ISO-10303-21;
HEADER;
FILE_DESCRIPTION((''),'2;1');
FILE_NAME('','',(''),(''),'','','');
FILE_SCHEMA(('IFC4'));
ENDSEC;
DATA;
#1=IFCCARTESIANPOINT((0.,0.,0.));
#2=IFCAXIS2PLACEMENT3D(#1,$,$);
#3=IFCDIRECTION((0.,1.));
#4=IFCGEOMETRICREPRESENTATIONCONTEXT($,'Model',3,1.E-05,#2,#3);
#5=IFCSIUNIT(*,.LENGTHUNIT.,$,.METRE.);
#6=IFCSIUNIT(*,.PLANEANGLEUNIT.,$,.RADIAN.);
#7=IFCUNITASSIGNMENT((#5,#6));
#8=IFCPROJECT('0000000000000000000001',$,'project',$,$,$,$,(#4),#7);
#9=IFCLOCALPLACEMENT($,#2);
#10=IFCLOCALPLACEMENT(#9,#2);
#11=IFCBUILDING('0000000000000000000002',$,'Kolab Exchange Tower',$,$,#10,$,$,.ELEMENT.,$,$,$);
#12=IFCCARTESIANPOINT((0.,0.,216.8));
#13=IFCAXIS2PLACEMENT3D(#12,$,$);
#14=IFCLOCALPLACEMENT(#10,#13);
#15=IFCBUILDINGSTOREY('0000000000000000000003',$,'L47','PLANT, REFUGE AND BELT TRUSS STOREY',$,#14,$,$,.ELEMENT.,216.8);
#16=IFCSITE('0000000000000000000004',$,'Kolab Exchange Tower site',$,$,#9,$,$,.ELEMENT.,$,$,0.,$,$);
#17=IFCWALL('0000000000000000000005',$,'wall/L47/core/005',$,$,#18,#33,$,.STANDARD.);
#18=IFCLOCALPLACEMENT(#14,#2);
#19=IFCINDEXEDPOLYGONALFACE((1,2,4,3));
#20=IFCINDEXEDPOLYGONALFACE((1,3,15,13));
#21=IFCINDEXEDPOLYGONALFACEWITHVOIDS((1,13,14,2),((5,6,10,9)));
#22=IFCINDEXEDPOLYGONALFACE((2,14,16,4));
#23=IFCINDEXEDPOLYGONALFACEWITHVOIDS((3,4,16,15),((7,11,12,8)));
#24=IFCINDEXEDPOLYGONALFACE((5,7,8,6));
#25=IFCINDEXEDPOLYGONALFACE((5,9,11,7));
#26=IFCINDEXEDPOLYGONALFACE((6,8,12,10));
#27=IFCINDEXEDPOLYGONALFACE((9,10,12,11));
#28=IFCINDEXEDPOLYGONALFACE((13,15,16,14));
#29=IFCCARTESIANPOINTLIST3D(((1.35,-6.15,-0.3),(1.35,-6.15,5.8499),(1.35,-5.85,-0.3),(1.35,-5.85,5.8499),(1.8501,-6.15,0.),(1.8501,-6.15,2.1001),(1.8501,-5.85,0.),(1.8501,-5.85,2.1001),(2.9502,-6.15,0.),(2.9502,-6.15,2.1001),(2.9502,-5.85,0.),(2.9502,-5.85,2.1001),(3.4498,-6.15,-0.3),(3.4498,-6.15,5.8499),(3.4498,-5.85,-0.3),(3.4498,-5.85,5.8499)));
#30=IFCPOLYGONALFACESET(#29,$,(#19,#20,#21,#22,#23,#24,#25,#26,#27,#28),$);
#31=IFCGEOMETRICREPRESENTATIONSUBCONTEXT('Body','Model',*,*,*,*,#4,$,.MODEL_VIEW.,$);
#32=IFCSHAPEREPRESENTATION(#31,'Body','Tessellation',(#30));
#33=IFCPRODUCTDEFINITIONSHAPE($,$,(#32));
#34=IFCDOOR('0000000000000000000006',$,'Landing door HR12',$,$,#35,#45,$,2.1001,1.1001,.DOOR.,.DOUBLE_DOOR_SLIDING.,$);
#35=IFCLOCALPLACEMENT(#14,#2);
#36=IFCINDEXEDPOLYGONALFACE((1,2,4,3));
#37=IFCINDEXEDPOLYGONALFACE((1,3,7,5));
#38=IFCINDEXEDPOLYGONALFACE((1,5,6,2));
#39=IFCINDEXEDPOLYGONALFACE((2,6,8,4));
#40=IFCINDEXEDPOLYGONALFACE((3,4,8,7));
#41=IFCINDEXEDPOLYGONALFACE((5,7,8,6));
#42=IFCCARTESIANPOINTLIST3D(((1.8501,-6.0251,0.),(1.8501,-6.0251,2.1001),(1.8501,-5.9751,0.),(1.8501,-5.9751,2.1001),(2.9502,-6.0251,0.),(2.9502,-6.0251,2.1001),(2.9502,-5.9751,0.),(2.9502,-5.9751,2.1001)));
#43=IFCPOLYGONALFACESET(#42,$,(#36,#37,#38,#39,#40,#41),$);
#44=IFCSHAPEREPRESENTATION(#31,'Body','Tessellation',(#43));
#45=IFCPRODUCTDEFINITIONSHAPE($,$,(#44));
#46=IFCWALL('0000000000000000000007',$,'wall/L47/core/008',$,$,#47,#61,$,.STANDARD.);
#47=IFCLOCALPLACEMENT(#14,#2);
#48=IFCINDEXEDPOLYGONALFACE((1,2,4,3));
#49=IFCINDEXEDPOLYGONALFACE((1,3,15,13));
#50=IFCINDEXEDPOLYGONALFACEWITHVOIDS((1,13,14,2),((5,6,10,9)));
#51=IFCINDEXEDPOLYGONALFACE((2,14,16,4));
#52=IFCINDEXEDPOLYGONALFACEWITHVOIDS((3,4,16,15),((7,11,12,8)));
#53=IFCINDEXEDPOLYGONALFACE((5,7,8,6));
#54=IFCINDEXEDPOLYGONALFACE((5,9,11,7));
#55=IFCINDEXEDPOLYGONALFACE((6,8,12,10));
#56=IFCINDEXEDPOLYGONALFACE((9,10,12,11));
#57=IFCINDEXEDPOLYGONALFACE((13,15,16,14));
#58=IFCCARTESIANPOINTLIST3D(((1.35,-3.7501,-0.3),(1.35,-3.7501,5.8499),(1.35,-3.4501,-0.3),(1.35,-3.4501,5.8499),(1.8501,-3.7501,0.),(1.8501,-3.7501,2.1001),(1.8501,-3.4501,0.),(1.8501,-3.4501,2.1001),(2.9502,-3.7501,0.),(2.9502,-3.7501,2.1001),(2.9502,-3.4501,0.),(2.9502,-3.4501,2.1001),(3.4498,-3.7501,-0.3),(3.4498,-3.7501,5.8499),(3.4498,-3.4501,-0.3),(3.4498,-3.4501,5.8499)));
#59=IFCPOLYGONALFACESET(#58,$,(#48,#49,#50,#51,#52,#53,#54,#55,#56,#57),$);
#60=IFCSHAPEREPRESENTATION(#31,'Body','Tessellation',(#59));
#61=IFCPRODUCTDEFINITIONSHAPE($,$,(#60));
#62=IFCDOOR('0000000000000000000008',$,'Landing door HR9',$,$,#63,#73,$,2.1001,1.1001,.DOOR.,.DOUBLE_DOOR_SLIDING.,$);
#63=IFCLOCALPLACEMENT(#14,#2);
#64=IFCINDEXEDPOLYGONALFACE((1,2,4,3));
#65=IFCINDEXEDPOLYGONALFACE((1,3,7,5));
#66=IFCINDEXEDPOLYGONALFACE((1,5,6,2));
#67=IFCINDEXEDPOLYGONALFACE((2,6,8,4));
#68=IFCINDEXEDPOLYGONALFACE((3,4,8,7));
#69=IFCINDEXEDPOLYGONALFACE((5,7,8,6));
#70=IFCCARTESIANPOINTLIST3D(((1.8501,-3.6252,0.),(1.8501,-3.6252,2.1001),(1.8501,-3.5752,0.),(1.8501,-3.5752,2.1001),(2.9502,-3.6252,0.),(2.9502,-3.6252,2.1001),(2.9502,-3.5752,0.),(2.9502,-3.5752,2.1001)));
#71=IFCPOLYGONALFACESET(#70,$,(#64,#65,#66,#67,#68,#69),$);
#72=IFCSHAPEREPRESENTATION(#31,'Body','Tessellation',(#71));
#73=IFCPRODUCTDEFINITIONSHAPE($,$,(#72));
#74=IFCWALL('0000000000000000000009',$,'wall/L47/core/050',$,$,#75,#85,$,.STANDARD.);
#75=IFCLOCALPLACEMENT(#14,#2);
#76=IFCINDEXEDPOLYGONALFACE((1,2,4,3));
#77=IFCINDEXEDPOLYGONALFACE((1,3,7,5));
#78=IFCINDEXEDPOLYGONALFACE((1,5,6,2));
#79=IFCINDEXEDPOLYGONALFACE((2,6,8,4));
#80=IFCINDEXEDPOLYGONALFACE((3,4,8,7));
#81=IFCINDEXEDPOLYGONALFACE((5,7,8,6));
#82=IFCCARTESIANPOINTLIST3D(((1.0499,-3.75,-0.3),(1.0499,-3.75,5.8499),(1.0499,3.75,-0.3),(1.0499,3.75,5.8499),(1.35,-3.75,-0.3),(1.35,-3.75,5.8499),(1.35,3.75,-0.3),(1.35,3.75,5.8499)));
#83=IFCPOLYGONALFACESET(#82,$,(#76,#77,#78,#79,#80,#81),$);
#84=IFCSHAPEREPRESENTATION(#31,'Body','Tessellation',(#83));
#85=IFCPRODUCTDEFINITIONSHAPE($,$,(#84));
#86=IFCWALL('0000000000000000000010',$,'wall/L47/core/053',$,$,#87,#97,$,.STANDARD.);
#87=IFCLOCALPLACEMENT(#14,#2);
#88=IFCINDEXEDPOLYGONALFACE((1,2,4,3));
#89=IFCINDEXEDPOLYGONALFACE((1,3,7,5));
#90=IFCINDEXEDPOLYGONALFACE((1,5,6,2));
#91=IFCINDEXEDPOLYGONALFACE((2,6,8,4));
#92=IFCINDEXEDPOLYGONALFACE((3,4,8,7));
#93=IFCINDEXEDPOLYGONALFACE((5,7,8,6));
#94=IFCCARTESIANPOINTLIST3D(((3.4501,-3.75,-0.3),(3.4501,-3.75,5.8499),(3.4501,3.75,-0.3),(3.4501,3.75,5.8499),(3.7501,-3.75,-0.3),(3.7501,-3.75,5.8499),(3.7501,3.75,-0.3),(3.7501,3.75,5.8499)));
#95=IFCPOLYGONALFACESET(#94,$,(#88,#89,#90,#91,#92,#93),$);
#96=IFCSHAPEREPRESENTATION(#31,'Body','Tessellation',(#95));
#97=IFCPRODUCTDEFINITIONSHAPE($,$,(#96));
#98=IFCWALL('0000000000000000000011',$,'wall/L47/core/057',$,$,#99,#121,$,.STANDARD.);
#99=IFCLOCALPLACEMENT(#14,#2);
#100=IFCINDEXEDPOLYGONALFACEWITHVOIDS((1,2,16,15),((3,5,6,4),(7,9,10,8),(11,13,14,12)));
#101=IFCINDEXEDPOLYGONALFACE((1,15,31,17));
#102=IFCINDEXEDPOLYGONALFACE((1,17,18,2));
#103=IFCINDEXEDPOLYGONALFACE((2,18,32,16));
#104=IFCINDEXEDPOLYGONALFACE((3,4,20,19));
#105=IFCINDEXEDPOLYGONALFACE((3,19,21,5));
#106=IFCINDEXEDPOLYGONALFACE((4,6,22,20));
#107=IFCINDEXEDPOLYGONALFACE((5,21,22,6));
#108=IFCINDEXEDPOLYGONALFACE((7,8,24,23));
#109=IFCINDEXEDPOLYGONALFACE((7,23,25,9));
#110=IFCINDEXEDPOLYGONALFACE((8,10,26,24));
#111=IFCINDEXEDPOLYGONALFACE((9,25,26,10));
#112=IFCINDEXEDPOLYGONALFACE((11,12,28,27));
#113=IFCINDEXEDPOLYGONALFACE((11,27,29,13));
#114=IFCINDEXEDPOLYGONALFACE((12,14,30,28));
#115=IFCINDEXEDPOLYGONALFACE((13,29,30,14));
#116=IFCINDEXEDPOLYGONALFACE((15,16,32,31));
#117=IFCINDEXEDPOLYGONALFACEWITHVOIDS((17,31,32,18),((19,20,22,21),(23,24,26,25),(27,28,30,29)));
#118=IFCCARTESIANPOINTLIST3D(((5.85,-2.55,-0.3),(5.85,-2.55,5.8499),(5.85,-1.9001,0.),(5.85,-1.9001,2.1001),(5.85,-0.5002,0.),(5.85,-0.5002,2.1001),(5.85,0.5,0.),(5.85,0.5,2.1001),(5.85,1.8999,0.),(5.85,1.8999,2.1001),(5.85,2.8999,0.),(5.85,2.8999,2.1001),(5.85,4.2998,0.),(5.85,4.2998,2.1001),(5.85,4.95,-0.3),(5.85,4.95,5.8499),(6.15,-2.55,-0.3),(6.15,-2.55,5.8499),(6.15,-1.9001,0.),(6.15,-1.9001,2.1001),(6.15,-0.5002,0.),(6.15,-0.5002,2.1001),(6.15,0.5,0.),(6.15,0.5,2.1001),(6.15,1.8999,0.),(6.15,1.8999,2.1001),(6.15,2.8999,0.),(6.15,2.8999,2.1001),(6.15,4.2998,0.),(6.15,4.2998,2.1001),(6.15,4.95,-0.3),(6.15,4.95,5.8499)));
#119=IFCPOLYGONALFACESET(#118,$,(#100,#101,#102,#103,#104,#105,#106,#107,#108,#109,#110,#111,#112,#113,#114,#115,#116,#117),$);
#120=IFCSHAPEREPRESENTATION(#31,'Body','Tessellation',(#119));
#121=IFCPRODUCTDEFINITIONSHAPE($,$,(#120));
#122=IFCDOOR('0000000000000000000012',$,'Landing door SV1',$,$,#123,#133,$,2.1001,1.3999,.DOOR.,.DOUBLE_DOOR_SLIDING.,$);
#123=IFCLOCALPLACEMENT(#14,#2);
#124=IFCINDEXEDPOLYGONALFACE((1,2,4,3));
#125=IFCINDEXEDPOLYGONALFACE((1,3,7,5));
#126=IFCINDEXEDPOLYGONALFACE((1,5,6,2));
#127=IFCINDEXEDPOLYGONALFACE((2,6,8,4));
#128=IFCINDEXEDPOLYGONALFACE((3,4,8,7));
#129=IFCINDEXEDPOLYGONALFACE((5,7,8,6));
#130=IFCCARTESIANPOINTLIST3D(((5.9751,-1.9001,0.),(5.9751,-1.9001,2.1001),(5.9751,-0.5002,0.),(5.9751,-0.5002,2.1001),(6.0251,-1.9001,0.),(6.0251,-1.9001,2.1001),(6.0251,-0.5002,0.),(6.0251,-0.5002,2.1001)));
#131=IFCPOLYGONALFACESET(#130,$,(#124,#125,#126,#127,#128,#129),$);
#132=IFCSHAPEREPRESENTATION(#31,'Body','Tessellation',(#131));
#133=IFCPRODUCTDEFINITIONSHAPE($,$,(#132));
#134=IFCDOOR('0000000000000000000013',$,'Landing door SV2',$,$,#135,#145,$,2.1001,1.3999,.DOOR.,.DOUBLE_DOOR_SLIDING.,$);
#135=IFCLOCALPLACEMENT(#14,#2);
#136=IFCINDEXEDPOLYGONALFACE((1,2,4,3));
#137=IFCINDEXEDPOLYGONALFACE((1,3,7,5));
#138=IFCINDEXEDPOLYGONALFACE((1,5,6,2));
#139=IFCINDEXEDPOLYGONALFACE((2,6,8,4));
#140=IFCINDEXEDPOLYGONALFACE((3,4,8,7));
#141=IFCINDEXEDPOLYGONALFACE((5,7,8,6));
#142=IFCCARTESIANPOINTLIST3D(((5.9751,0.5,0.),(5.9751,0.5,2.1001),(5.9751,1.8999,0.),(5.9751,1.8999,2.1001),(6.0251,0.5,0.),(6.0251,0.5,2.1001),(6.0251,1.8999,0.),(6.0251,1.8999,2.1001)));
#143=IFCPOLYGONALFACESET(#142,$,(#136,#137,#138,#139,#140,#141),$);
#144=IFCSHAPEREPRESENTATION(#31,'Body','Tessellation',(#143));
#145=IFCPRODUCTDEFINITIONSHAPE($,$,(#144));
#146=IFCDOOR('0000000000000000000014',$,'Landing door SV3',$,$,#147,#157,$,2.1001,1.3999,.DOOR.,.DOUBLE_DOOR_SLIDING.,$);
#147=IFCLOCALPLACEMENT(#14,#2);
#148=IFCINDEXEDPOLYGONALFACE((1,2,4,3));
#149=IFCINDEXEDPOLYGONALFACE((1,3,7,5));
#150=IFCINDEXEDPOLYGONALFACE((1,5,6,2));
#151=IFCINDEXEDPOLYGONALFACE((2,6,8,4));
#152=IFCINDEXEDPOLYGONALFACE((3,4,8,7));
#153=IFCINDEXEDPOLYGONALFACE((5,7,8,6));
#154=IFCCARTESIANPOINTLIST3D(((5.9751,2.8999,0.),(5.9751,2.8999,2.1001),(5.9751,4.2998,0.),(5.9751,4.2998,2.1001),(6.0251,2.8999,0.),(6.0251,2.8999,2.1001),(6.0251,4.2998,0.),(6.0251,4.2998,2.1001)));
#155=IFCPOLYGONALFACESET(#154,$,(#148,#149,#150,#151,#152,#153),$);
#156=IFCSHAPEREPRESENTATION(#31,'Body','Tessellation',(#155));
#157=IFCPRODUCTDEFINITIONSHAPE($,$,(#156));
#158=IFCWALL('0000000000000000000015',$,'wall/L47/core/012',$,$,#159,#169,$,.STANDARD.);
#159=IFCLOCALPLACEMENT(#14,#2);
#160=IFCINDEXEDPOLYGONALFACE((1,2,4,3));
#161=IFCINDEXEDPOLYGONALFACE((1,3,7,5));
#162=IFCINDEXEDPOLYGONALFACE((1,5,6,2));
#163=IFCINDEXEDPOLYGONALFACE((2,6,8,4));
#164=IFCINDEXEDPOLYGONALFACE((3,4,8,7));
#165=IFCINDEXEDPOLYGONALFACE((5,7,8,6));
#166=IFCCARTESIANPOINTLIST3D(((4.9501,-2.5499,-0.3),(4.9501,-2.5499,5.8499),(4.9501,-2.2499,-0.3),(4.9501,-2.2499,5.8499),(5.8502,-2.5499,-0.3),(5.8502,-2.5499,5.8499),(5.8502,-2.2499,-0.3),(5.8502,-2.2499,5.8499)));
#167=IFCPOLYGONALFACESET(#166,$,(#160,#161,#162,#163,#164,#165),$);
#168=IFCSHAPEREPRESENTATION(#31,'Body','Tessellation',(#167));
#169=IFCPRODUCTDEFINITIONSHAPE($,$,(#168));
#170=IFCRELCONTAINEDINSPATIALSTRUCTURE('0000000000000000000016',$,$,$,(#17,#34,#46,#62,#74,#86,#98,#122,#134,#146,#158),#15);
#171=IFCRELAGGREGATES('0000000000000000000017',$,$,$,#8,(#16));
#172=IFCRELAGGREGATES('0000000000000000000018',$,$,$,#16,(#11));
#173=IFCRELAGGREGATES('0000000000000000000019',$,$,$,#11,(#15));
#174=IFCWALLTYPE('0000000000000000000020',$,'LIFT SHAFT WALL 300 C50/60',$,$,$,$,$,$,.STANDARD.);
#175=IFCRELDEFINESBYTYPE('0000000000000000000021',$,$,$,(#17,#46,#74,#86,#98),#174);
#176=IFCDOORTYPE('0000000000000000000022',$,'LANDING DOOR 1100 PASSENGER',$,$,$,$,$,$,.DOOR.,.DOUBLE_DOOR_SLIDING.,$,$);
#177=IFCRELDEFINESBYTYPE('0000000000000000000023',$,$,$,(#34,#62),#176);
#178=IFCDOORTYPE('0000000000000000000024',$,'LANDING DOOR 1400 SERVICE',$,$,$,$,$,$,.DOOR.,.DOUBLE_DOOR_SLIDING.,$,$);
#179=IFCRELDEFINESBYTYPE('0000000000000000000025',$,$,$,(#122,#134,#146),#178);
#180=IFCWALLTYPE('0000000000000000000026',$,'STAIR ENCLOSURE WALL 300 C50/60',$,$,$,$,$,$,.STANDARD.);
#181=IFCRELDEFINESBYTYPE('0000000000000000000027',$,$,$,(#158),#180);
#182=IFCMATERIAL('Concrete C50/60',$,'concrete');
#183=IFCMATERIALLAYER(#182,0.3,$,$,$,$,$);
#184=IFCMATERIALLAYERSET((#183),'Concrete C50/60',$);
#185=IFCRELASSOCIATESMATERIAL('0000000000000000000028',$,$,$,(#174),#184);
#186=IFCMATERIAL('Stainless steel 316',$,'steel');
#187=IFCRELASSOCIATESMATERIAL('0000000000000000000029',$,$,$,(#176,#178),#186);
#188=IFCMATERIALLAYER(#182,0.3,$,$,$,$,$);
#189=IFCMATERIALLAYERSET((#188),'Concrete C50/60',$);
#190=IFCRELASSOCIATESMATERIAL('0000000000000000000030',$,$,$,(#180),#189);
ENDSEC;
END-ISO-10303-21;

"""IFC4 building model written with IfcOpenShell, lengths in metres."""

from ifc_helpers import new_model, si_unit, direction, frame, frame_2d, origin, place, context, subcontext, project, spatial, rectangle, extrude, material, layer, layer_set, type_object, element, fill, save


model = new_model("IFC4")

# Units and contexts
model_context = context("Model", 3, precision=1e-05, world=origin(), true_north=direction((0.0, 1.0)))
body_context = subcontext(model_context, "Body", "Model", "MODEL_VIEW")
ifc_project = project(units=[si_unit("LENGTHUNIT", "METRE"), si_unit("PLANEANGLEUNIT", "RADIAN")], contexts=[model_context])

# Site, building, storey
site_placement = place(None, origin())
site = spatial("IfcSite", under=ifc_project, at=site_placement, Name="Kolab Exchange Tower site", CompositionType="ELEMENT", RefElevation=0.0)
building_placement = place(site_placement, origin())
building = spatial("IfcBuilding", under=site, at=building_placement, Name="Kolab Exchange Tower", CompositionType="ELEMENT")
storey_placement = place(building_placement, frame((0.0, 0.0, 216.8)))
storey = spatial("IfcBuildingStorey", under=building, at=storey_placement, Name="L47", Description="PLANT, REFUGE AND BELT TRUSS STOREY", CompositionType="ELEMENT", Elevation=216.8)

# Walls, openings, doors
ifc_material_1 = material(Name="Concrete C50/60", Category="concrete")
ifc_layer_1 = layer(ifc_material_1, 0.3)
ifc_layer_set_1 = layer_set([ifc_layer_1], Name="Concrete C50/60")
wall_type_1 = type_object("IfcWallType", Name="LIFT SHAFT WALL 300 C50/60", PredefinedType="STANDARD", material=ifc_layer_set_1)
wall_1_placement = place(storey_placement, frame((1.3501, -6.0, -0.3), z_axis=(0.0, 0.0, 1.0), x_axis=(1.0, 0.0, 0.0)))
wall_1 = element("IfcWall", 1, at=wall_1_placement, inside=storey, type_object=wall_type_1, Name="wall/L47/core/005", PredefinedType="STANDARD", context=body_context, shape_type="SweptSolid", body=[
    extrude(rectangle(XDim=2.0999, YDim=0.3, at=frame_2d((1.0498, 0.0))), origin(), (0.0, 0.0, 1.0), 6.1499),
])
opening_1_placement = place(wall_1_placement, frame((0.5, 0.0, 0.3)))
opening_1 = element("IfcOpeningElement", 2, at=opening_1_placement, cuts=wall_1, PredefinedType="OPENING", context=body_context, shape_type="SweptSolid", body=[
    extrude(rectangle(XDim=1.1001, YDim=2.1001, at=frame_2d((0.55, 1.05))), frame((0.0, 0.1602, 0.0), z_axis=(0.0, -1.0, 0.0), x_axis=(1.0, 0.0, 0.0)), (0.0, 0.0, 1.0), 0.3201),
])
ifc_material_2 = material(Name="Stainless steel 316", Category="steel")
door_type_1 = type_object("IfcDoorType", Name="LANDING DOOR 1100 PASSENGER", OperationType="DOUBLE_DOOR_SLIDING", PredefinedType="DOOR", material=ifc_material_2)
door_1_placement = place(opening_1_placement, origin())
door_1 = element("IfcDoor", 3, at=door_1_placement, inside=storey, type_object=door_type_1, Name="Landing door HR12", OperationType="DOUBLE_DOOR_SLIDING", OverallHeight=2.1001, OverallWidth=1.1001, PredefinedType="DOOR", context=body_context, shape_type="SweptSolid", body=[
    extrude(rectangle(XDim=1.1001, YDim=2.1001, at=frame_2d((0.55, 1.05))), frame((0.0, 0.0249, 0.0), z_axis=(0.0, -1.0, 0.0), x_axis=(1.0, 0.0, 0.0)), (0.0, 0.0, 1.0), 0.05),
])
fill(opening_1, door_1)
wall_2_placement = place(storey_placement, frame((1.3501, -3.6001, -0.3), z_axis=(0.0, 0.0, 1.0), x_axis=(1.0, 0.0, 0.0)))
wall_2 = element("IfcWall", 4, at=wall_2_placement, inside=storey, type_object=wall_type_1, Name="wall/L47/core/008", PredefinedType="STANDARD", context=body_context, shape_type="SweptSolid", body=[
    extrude(rectangle(XDim=2.0999, YDim=0.3, at=frame_2d((1.0498, 0.0))), origin(), (0.0, 0.0, 1.0), 6.1499),
])
opening_2_placement = place(wall_2_placement, frame((0.5, 0.0, 0.3)))
opening_2 = element("IfcOpeningElement", 5, at=opening_2_placement, cuts=wall_2, PredefinedType="OPENING", context=body_context, shape_type="SweptSolid", body=[
    extrude(rectangle(XDim=1.1001, YDim=2.1001, at=frame_2d((0.55, 1.05))), frame((0.0, 0.1602, 0.0), z_axis=(0.0, -1.0, 0.0), x_axis=(1.0, 0.0, 0.0)), (0.0, 0.0, 1.0), 0.3201),
])
door_2_placement = place(opening_2_placement, origin())
door_2 = element("IfcDoor", 6, at=door_2_placement, inside=storey, type_object=door_type_1, Name="Landing door HR9", OperationType="DOUBLE_DOOR_SLIDING", OverallHeight=2.1001, OverallWidth=1.1001, PredefinedType="DOOR", context=body_context, shape_type="SweptSolid", body=[
    extrude(rectangle(XDim=1.1001, YDim=2.1001, at=frame_2d((0.55, 1.05))), frame((0.0, 0.0249, 0.0), z_axis=(0.0, -1.0, 0.0), x_axis=(1.0, 0.0, 0.0)), (0.0, 0.0, 1.0), 0.05),
])
fill(opening_2, door_2)

# Walls
for number, where, z_axis, x_axis, name in (
    (7, (1.2, -3.75, -0.3), (0.0, 0.0, 1.0), (0.0, 1.0, 0.0), "wall/L47/core/050"),
    (8, (3.6001, -3.75, -0.3), (0.0, 0.0, 1.0), (0.0, 1.0, 0.0), "wall/L47/core/053"),
):
    element("IfcWall", number, at=place(storey_placement, frame(where, z_axis=z_axis, x_axis=x_axis)), inside=storey, type_object=wall_type_1, Name=name, PredefinedType="STANDARD", context=body_context, shape_type="SweptSolid", body=[
        extrude(rectangle(XDim=7.5, YDim=0.3, at=frame_2d((3.75, 0.0))), origin(), (0.0, 0.0, 1.0), 6.1499),
    ])

# Wall, openings, doors
wall_3_placement = place(storey_placement, frame((6.0, -2.55, -0.3), z_axis=(0.0, 0.0, 1.0), x_axis=(0.0, 1.0, 0.0)))
wall_3 = element("IfcWall", 9, at=wall_3_placement, inside=storey, type_object=wall_type_1, Name="wall/L47/core/057", PredefinedType="STANDARD", context=body_context, shape_type="SweptSolid", body=[
    extrude(rectangle(XDim=7.5, YDim=0.3, at=frame_2d((3.75, 0.0))), origin(), (0.0, 0.0, 1.0), 6.1499),
])
opening_3_placement = place(wall_3_placement, frame((0.6499, 0.0, 0.3)))
opening_3 = element("IfcOpeningElement", 10, at=opening_3_placement, cuts=wall_3, PredefinedType="OPENING", context=body_context, shape_type="SweptSolid", body=[
    extrude(rectangle(XDim=1.3999, YDim=2.1001, at=frame_2d((0.7, 1.05))), frame((0.0, 0.1602, 0.0), z_axis=(0.0, -1.0, 0.0), x_axis=(1.0, 0.0, 0.0)), (0.0, 0.0, 1.0), 0.3201),
])
opening_4_placement = place(wall_3_placement, frame((3.05, 0.0, 0.3)))
opening_4 = element("IfcOpeningElement", 11, at=opening_4_placement, cuts=wall_3, PredefinedType="OPENING", context=body_context, shape_type="SweptSolid", body=[
    extrude(rectangle(XDim=1.3999, YDim=2.1001, at=frame_2d((0.7, 1.05))), frame((0.0, 0.1602, 0.0), z_axis=(0.0, -1.0, 0.0), x_axis=(1.0, 0.0, 0.0)), (0.0, 0.0, 1.0), 0.3201),
])
opening_5_placement = place(wall_3_placement, frame((5.45, 0.0, 0.3)))
opening_5 = element("IfcOpeningElement", 12, at=opening_5_placement, cuts=wall_3, PredefinedType="OPENING", context=body_context, shape_type="SweptSolid", body=[
    extrude(rectangle(XDim=1.3999, YDim=2.1001, at=frame_2d((0.7, 1.05))), frame((0.0, 0.1602, 0.0), z_axis=(0.0, -1.0, 0.0), x_axis=(1.0, 0.0, 0.0)), (0.0, 0.0, 1.0), 0.3201),
])
door_type_2 = type_object("IfcDoorType", Name="LANDING DOOR 1400 SERVICE", OperationType="DOUBLE_DOOR_SLIDING", PredefinedType="DOOR", material=ifc_material_2)
door_3_placement = place(opening_3_placement, origin())
door_3 = element("IfcDoor", 13, at=door_3_placement, inside=storey, type_object=door_type_2, Name="Landing door SV1", OperationType="DOUBLE_DOOR_SLIDING", OverallHeight=2.1001, OverallWidth=1.3999, PredefinedType="DOOR", context=body_context, shape_type="SweptSolid", body=[
    extrude(rectangle(XDim=1.3999, YDim=2.1001, at=frame_2d((0.7, 1.05))), frame((0.0, 0.0249, 0.0), z_axis=(0.0, -1.0, 0.0), x_axis=(1.0, 0.0, 0.0)), (0.0, 0.0, 1.0), 0.05),
])
fill(opening_3, door_3)
door_4_placement = place(opening_4_placement, origin())
door_4 = element("IfcDoor", 14, at=door_4_placement, inside=storey, type_object=door_type_2, Name="Landing door SV2", OperationType="DOUBLE_DOOR_SLIDING", OverallHeight=2.1001, OverallWidth=1.3999, PredefinedType="DOOR", context=body_context, shape_type="SweptSolid", body=[
    extrude(rectangle(XDim=1.3999, YDim=2.1001, at=frame_2d((0.7, 1.05))), frame((0.0, 0.0249, 0.0), z_axis=(0.0, -1.0, 0.0), x_axis=(1.0, 0.0, 0.0)), (0.0, 0.0, 1.0), 0.05),
])
fill(opening_4, door_4)
door_5_placement = place(opening_5_placement, origin())
door_5 = element("IfcDoor", 15, at=door_5_placement, inside=storey, type_object=door_type_2, Name="Landing door SV3", OperationType="DOUBLE_DOOR_SLIDING", OverallHeight=2.1001, OverallWidth=1.3999, PredefinedType="DOOR", context=body_context, shape_type="SweptSolid", body=[
    extrude(rectangle(XDim=1.3999, YDim=2.1001, at=frame_2d((0.7, 1.05))), frame((0.0, 0.0249, 0.0), z_axis=(0.0, -1.0, 0.0), x_axis=(1.0, 0.0, 0.0)), (0.0, 0.0, 1.0), 0.05),
])
fill(opening_5, door_5)

# Wall
ifc_layer_2 = layer(ifc_material_1, 0.3)
ifc_layer_set_2 = layer_set([ifc_layer_2], Name="Concrete C50/60")
wall_type_2 = type_object("IfcWallType", Name="STAIR ENCLOSURE WALL 300 C50/60", PredefinedType="STANDARD", material=ifc_layer_set_2)
wall_4_placement = place(storey_placement, frame((4.95, -2.3999, -0.3), z_axis=(0.0, 0.0, 1.0), x_axis=(1.0, 0.0, 0.0)))
element("IfcWall", 16, at=wall_4_placement, inside=storey, type_object=wall_type_2, Name="wall/L47/core/012", PredefinedType="STANDARD", context=body_context, shape_type="SweptSolid", body=[
    extrude(rectangle(XDim=0.9001, YDim=0.3, at=frame_2d((0.4502, 0.0))), origin(), (0.0, 0.0, 1.0), 6.1499),
])

save(model, "model.ifc")
